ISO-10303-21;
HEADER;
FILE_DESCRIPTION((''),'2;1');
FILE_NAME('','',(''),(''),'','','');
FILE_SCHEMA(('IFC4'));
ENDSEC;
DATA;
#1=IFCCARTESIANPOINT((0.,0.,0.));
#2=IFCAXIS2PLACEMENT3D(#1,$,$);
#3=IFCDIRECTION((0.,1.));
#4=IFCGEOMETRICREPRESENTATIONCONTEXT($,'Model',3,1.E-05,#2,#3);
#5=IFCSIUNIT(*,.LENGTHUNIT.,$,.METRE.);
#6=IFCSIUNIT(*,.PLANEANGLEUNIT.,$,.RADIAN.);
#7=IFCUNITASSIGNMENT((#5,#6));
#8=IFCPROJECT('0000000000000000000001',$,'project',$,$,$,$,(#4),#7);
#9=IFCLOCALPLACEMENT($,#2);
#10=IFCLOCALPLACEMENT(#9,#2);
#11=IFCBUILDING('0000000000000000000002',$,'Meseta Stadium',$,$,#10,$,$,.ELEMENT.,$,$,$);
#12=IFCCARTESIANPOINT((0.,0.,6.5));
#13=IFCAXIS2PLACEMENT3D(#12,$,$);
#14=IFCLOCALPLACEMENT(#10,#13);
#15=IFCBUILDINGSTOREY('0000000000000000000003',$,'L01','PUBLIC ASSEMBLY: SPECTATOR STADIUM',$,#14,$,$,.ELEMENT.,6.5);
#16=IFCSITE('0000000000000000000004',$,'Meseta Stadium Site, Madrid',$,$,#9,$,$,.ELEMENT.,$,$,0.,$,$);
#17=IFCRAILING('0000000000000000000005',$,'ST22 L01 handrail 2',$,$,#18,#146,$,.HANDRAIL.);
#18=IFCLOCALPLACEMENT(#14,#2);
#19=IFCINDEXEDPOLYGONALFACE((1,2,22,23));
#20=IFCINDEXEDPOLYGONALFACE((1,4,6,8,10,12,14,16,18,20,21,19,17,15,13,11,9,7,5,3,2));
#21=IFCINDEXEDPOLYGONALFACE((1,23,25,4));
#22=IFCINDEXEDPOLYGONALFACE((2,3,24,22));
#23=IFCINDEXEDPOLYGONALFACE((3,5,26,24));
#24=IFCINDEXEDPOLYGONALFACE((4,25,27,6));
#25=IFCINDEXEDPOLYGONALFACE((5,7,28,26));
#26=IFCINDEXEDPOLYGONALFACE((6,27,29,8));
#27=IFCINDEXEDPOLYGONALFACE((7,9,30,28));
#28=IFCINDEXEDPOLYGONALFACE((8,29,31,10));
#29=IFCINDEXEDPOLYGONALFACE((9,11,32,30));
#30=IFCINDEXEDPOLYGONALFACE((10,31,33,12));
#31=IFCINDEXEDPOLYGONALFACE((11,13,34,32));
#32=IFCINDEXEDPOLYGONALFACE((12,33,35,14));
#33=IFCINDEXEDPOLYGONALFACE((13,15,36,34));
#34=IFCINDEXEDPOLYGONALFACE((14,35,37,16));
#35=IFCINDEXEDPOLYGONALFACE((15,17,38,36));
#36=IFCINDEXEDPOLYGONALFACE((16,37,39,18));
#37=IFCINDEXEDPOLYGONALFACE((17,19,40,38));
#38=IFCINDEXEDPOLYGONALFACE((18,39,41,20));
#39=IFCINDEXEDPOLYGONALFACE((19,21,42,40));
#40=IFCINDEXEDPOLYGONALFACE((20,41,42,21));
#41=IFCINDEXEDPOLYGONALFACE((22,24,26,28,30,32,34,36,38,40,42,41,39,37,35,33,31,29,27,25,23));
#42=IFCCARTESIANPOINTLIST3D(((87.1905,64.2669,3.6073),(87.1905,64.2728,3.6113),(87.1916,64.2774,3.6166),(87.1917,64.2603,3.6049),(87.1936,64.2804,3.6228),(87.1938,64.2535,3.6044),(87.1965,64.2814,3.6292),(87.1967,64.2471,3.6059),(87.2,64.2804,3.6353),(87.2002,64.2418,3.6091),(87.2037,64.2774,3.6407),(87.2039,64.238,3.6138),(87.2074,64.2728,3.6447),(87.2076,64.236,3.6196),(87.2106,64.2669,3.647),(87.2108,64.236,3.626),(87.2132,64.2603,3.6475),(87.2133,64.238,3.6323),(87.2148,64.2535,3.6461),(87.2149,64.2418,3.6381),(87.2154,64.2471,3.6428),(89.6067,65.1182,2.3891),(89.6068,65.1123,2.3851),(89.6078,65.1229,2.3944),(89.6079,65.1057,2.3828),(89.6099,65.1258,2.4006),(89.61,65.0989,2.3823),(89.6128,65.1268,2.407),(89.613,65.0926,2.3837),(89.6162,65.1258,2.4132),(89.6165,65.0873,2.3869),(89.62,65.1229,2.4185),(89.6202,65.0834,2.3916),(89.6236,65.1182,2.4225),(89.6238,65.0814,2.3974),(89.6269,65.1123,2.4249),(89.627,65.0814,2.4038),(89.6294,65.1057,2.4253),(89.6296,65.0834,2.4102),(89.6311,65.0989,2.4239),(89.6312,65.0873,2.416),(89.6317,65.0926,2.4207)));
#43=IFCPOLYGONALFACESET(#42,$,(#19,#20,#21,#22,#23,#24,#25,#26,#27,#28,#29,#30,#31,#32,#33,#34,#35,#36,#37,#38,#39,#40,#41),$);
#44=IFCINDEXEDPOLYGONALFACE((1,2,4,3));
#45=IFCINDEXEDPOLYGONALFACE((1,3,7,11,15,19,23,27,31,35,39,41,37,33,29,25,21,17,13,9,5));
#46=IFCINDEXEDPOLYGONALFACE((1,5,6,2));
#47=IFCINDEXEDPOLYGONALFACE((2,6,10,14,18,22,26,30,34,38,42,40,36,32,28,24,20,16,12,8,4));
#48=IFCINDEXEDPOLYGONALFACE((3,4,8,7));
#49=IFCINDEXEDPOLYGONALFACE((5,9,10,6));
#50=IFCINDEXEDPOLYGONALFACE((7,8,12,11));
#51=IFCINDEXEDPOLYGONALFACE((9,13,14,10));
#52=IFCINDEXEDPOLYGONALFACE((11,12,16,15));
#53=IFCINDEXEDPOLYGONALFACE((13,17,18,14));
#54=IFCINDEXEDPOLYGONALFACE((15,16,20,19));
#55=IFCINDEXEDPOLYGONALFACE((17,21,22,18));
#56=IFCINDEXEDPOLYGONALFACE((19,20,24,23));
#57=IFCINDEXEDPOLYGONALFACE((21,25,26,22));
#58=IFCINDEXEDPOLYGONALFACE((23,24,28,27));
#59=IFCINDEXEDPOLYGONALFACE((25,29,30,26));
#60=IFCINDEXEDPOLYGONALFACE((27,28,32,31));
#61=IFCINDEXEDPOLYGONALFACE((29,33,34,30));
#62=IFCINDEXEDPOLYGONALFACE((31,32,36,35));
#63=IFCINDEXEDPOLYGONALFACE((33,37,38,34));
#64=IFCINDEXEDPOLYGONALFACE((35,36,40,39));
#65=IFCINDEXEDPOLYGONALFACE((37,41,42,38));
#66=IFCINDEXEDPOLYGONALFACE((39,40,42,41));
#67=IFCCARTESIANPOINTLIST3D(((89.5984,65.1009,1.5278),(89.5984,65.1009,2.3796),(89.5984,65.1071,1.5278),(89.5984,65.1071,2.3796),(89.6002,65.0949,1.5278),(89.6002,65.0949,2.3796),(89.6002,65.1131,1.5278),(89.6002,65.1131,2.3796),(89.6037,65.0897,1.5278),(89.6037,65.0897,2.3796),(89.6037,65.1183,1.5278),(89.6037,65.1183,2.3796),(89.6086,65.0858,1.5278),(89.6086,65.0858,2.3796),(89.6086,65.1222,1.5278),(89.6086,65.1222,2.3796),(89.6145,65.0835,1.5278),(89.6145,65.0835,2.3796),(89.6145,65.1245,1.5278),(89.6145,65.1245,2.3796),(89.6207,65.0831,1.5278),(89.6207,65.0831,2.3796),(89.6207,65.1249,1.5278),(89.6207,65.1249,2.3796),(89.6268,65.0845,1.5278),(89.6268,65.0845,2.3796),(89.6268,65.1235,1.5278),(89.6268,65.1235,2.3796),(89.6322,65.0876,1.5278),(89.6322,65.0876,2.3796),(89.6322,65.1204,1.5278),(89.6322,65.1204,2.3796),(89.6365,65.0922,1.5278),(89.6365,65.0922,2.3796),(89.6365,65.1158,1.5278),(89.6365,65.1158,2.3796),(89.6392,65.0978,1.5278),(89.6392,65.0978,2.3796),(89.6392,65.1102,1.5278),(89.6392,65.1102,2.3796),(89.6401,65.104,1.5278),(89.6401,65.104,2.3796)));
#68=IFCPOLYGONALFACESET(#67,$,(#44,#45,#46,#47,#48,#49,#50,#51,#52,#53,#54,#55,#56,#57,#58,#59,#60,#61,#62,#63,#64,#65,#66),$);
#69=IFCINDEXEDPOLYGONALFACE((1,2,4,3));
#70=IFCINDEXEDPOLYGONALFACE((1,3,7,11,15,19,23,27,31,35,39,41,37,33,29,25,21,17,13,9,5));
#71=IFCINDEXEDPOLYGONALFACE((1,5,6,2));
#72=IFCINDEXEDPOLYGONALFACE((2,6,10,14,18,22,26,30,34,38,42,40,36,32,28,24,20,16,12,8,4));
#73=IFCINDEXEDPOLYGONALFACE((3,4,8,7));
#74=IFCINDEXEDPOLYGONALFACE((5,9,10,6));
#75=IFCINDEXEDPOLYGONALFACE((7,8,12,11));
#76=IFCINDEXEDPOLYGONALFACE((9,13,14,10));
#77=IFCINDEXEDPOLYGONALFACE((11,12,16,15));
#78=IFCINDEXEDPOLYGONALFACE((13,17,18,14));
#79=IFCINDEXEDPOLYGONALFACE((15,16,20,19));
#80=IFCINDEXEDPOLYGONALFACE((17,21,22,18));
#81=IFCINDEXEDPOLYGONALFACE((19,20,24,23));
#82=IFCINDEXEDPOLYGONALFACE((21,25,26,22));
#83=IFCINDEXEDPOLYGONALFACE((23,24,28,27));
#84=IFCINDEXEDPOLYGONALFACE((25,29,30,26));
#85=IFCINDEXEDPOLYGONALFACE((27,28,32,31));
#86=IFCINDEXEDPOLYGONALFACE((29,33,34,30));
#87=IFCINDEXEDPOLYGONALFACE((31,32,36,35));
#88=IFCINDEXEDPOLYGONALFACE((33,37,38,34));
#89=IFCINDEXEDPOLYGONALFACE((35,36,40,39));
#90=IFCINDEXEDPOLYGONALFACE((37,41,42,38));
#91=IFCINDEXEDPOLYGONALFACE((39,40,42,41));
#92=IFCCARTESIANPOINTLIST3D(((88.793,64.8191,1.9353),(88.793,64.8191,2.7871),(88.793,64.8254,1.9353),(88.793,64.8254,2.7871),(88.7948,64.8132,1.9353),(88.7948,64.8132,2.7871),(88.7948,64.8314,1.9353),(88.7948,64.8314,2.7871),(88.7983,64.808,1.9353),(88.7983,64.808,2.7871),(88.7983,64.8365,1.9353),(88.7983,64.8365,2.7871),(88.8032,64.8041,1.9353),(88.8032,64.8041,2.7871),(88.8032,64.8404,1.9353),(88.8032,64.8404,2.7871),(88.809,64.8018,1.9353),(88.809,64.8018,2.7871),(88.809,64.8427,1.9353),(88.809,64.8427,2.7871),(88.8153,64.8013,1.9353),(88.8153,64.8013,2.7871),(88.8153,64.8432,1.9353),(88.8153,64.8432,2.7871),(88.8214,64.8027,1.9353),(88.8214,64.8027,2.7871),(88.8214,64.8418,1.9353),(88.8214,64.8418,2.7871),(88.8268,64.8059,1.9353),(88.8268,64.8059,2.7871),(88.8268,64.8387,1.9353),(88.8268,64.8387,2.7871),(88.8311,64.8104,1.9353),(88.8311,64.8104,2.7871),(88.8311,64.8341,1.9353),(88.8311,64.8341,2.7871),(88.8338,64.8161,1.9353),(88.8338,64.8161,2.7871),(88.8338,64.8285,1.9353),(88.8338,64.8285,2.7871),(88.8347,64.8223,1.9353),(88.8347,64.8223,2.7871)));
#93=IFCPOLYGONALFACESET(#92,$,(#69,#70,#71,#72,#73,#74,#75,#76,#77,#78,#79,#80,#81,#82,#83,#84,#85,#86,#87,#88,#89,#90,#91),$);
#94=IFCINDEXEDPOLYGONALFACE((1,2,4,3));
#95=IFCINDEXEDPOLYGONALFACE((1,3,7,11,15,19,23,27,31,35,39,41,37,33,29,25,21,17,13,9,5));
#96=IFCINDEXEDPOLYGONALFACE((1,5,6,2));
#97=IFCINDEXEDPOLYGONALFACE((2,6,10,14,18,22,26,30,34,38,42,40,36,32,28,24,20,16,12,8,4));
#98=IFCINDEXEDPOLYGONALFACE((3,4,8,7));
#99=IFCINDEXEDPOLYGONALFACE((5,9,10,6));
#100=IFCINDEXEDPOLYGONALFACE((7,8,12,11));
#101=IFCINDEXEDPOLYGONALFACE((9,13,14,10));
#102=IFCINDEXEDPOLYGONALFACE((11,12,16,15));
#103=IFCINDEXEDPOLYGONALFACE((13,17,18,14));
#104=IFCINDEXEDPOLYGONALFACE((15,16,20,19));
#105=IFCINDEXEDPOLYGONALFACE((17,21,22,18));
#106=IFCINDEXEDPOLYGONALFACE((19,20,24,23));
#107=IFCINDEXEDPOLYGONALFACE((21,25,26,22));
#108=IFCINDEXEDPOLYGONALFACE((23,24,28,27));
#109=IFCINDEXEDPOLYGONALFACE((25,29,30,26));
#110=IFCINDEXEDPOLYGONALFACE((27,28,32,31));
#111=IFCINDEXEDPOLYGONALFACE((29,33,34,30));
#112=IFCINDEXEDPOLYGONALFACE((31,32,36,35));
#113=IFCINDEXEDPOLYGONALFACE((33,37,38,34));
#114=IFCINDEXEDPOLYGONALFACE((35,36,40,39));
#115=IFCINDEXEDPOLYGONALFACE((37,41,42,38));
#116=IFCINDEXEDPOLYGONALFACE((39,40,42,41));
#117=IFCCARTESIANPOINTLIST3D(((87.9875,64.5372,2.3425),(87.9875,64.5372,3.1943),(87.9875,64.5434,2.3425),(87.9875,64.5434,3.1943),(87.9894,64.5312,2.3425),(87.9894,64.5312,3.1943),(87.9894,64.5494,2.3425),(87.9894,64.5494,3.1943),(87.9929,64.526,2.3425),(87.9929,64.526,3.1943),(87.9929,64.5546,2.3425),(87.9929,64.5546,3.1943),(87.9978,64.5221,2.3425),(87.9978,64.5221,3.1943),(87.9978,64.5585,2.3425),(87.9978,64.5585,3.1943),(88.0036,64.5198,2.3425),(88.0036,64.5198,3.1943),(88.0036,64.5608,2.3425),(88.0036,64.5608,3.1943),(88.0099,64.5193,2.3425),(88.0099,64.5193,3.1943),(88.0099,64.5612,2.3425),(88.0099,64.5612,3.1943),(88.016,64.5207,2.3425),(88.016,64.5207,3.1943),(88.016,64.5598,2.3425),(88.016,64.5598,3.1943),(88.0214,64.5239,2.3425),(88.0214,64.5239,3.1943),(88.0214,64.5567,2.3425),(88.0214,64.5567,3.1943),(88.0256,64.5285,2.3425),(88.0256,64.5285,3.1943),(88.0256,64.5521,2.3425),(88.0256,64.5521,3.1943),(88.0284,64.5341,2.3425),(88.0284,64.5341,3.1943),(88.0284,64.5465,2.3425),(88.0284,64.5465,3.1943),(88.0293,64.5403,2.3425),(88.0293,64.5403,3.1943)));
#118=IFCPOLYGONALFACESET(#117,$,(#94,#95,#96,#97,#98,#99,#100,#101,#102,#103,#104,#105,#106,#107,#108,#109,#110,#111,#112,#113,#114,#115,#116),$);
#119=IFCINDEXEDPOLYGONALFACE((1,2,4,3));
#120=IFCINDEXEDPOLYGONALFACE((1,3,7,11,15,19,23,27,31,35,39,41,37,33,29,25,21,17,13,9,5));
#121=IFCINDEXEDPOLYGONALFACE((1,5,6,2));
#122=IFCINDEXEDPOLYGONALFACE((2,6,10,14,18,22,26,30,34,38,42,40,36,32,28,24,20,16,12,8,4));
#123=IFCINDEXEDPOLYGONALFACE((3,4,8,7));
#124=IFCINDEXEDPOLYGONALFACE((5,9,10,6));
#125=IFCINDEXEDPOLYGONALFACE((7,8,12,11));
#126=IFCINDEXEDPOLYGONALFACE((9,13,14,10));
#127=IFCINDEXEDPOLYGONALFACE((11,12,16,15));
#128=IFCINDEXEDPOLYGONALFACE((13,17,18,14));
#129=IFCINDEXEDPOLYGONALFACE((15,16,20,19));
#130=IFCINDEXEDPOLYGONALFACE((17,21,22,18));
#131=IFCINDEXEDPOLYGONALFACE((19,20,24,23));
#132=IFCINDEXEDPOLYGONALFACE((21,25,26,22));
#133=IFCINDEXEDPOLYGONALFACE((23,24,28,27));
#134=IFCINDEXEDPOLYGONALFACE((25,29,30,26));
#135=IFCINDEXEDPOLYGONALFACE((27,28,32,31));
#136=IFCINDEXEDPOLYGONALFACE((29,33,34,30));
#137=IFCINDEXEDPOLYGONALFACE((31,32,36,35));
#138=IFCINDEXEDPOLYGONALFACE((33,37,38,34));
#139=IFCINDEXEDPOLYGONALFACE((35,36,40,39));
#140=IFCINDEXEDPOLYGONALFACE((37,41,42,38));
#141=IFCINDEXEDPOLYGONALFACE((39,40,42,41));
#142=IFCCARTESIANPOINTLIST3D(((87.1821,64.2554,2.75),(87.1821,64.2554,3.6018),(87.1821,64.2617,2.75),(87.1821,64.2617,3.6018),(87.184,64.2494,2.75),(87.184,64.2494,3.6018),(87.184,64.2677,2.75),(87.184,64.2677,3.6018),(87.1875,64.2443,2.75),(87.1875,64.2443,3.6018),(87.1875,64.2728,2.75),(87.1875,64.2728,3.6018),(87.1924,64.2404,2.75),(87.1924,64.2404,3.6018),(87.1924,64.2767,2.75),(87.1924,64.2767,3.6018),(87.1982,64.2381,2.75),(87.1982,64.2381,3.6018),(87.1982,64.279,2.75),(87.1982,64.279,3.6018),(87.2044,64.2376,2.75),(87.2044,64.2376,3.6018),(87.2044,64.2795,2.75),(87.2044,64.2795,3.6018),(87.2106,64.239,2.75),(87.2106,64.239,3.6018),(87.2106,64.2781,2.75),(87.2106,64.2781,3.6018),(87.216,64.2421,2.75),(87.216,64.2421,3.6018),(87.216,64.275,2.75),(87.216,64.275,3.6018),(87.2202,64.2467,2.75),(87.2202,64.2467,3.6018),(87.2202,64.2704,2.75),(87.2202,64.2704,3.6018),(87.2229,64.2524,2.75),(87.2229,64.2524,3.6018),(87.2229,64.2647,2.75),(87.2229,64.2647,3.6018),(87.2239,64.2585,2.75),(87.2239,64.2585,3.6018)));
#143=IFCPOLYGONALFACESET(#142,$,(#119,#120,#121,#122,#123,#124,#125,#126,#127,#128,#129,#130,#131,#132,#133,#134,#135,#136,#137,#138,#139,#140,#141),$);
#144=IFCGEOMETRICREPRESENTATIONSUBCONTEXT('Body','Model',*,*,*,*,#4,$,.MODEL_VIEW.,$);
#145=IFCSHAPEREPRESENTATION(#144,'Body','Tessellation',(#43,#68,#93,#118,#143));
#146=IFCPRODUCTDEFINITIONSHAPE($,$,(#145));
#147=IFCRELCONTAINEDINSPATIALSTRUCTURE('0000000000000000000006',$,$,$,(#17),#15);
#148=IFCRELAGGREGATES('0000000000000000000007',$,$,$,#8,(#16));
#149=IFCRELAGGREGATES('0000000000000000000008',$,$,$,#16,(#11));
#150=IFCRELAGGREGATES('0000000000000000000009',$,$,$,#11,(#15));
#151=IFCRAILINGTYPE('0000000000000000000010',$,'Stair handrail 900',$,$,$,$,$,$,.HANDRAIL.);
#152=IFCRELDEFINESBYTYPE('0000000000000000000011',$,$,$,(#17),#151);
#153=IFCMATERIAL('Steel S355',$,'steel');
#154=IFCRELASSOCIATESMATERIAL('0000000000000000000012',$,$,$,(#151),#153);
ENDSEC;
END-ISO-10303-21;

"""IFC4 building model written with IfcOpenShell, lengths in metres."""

from ifc_helpers import new_model, si_unit, direction, frame, origin, origin_2d, place, context, subcontext, project, spatial, circle, extrude, material, type_object, element, save


model = new_model("IFC4")

# Units and contexts
model_context = context("Model", 3, precision=1e-05, world=origin(), true_north=direction((0.0, 1.0)))
body_context = subcontext(model_context, "Body", "Model", "MODEL_VIEW")
ifc_project = project(units=[si_unit("LENGTHUNIT", "METRE"), si_unit("PLANEANGLEUNIT", "RADIAN")], contexts=[model_context])

# Site, building, storey
site_placement = place(None, origin())
site = spatial("IfcSite", under=ifc_project, at=site_placement, Name="Meseta Stadium Site, Madrid", CompositionType="ELEMENT", RefElevation=0.0)
building_placement = place(site_placement, origin())
building = spatial("IfcBuilding", under=site, at=building_placement, Name="Meseta Stadium", CompositionType="ELEMENT")
storey_placement = place(building_placement, frame((0.0, 0.0, 6.5)))
storey = spatial("IfcBuildingStorey", under=building, at=storey_placement, Name="L01", Description="PUBLIC ASSEMBLY: SPECTATOR STADIUM", CompositionType="ELEMENT", Elevation=6.5)

# Railing
ifc_material_1 = material(Name="Steel S355", Category="steel")
railing_type_1 = type_object("IfcRailingType", Name="Stair handrail 900", PredefinedType="HANDRAIL", material=ifc_material_1)
for number, where, name in (
    (1, (89.6191, 65.104, 1.5278), "ST22 L01 handrail 2"),
):
    element("IfcRailing", number, at=place(storey_placement, frame(where)), inside=storey, type_object=railing_type_1, Name=name, PredefinedType="HANDRAIL", context=body_context, shape_type="SweptSolid", body=[
        extrude(circle(Radius=0.0239, at=origin_2d()), frame((0.0, 0.0, 0.876), z_axis=(-0.851789, -0.298044, 0.430843), x_axis=(0.33027, -0.943887, 0.0)), (0.0, 0.0, 1.0), 2.8367),
        extrude(circle(Radius=0.021, at=origin_2d()), origin(), (0.0, 0.0, 1.0), 0.8518),
        extrude(circle(Radius=0.021, at=origin_2d()), frame((-0.8054, -0.2817, 0.4075)), (0.0, 0.0, 1.0), 0.8518),
        extrude(circle(Radius=0.021, at=origin_2d()), frame((-1.6108, -0.5637, 0.8147)), (0.0, 0.0, 1.0), 0.8518),
        extrude(circle(Radius=0.021, at=origin_2d()), frame((-2.4163, -0.8455, 1.2222)), (0.0, 0.0, 1.0), 0.8518),
    ])

save(model, "model.ifc")
